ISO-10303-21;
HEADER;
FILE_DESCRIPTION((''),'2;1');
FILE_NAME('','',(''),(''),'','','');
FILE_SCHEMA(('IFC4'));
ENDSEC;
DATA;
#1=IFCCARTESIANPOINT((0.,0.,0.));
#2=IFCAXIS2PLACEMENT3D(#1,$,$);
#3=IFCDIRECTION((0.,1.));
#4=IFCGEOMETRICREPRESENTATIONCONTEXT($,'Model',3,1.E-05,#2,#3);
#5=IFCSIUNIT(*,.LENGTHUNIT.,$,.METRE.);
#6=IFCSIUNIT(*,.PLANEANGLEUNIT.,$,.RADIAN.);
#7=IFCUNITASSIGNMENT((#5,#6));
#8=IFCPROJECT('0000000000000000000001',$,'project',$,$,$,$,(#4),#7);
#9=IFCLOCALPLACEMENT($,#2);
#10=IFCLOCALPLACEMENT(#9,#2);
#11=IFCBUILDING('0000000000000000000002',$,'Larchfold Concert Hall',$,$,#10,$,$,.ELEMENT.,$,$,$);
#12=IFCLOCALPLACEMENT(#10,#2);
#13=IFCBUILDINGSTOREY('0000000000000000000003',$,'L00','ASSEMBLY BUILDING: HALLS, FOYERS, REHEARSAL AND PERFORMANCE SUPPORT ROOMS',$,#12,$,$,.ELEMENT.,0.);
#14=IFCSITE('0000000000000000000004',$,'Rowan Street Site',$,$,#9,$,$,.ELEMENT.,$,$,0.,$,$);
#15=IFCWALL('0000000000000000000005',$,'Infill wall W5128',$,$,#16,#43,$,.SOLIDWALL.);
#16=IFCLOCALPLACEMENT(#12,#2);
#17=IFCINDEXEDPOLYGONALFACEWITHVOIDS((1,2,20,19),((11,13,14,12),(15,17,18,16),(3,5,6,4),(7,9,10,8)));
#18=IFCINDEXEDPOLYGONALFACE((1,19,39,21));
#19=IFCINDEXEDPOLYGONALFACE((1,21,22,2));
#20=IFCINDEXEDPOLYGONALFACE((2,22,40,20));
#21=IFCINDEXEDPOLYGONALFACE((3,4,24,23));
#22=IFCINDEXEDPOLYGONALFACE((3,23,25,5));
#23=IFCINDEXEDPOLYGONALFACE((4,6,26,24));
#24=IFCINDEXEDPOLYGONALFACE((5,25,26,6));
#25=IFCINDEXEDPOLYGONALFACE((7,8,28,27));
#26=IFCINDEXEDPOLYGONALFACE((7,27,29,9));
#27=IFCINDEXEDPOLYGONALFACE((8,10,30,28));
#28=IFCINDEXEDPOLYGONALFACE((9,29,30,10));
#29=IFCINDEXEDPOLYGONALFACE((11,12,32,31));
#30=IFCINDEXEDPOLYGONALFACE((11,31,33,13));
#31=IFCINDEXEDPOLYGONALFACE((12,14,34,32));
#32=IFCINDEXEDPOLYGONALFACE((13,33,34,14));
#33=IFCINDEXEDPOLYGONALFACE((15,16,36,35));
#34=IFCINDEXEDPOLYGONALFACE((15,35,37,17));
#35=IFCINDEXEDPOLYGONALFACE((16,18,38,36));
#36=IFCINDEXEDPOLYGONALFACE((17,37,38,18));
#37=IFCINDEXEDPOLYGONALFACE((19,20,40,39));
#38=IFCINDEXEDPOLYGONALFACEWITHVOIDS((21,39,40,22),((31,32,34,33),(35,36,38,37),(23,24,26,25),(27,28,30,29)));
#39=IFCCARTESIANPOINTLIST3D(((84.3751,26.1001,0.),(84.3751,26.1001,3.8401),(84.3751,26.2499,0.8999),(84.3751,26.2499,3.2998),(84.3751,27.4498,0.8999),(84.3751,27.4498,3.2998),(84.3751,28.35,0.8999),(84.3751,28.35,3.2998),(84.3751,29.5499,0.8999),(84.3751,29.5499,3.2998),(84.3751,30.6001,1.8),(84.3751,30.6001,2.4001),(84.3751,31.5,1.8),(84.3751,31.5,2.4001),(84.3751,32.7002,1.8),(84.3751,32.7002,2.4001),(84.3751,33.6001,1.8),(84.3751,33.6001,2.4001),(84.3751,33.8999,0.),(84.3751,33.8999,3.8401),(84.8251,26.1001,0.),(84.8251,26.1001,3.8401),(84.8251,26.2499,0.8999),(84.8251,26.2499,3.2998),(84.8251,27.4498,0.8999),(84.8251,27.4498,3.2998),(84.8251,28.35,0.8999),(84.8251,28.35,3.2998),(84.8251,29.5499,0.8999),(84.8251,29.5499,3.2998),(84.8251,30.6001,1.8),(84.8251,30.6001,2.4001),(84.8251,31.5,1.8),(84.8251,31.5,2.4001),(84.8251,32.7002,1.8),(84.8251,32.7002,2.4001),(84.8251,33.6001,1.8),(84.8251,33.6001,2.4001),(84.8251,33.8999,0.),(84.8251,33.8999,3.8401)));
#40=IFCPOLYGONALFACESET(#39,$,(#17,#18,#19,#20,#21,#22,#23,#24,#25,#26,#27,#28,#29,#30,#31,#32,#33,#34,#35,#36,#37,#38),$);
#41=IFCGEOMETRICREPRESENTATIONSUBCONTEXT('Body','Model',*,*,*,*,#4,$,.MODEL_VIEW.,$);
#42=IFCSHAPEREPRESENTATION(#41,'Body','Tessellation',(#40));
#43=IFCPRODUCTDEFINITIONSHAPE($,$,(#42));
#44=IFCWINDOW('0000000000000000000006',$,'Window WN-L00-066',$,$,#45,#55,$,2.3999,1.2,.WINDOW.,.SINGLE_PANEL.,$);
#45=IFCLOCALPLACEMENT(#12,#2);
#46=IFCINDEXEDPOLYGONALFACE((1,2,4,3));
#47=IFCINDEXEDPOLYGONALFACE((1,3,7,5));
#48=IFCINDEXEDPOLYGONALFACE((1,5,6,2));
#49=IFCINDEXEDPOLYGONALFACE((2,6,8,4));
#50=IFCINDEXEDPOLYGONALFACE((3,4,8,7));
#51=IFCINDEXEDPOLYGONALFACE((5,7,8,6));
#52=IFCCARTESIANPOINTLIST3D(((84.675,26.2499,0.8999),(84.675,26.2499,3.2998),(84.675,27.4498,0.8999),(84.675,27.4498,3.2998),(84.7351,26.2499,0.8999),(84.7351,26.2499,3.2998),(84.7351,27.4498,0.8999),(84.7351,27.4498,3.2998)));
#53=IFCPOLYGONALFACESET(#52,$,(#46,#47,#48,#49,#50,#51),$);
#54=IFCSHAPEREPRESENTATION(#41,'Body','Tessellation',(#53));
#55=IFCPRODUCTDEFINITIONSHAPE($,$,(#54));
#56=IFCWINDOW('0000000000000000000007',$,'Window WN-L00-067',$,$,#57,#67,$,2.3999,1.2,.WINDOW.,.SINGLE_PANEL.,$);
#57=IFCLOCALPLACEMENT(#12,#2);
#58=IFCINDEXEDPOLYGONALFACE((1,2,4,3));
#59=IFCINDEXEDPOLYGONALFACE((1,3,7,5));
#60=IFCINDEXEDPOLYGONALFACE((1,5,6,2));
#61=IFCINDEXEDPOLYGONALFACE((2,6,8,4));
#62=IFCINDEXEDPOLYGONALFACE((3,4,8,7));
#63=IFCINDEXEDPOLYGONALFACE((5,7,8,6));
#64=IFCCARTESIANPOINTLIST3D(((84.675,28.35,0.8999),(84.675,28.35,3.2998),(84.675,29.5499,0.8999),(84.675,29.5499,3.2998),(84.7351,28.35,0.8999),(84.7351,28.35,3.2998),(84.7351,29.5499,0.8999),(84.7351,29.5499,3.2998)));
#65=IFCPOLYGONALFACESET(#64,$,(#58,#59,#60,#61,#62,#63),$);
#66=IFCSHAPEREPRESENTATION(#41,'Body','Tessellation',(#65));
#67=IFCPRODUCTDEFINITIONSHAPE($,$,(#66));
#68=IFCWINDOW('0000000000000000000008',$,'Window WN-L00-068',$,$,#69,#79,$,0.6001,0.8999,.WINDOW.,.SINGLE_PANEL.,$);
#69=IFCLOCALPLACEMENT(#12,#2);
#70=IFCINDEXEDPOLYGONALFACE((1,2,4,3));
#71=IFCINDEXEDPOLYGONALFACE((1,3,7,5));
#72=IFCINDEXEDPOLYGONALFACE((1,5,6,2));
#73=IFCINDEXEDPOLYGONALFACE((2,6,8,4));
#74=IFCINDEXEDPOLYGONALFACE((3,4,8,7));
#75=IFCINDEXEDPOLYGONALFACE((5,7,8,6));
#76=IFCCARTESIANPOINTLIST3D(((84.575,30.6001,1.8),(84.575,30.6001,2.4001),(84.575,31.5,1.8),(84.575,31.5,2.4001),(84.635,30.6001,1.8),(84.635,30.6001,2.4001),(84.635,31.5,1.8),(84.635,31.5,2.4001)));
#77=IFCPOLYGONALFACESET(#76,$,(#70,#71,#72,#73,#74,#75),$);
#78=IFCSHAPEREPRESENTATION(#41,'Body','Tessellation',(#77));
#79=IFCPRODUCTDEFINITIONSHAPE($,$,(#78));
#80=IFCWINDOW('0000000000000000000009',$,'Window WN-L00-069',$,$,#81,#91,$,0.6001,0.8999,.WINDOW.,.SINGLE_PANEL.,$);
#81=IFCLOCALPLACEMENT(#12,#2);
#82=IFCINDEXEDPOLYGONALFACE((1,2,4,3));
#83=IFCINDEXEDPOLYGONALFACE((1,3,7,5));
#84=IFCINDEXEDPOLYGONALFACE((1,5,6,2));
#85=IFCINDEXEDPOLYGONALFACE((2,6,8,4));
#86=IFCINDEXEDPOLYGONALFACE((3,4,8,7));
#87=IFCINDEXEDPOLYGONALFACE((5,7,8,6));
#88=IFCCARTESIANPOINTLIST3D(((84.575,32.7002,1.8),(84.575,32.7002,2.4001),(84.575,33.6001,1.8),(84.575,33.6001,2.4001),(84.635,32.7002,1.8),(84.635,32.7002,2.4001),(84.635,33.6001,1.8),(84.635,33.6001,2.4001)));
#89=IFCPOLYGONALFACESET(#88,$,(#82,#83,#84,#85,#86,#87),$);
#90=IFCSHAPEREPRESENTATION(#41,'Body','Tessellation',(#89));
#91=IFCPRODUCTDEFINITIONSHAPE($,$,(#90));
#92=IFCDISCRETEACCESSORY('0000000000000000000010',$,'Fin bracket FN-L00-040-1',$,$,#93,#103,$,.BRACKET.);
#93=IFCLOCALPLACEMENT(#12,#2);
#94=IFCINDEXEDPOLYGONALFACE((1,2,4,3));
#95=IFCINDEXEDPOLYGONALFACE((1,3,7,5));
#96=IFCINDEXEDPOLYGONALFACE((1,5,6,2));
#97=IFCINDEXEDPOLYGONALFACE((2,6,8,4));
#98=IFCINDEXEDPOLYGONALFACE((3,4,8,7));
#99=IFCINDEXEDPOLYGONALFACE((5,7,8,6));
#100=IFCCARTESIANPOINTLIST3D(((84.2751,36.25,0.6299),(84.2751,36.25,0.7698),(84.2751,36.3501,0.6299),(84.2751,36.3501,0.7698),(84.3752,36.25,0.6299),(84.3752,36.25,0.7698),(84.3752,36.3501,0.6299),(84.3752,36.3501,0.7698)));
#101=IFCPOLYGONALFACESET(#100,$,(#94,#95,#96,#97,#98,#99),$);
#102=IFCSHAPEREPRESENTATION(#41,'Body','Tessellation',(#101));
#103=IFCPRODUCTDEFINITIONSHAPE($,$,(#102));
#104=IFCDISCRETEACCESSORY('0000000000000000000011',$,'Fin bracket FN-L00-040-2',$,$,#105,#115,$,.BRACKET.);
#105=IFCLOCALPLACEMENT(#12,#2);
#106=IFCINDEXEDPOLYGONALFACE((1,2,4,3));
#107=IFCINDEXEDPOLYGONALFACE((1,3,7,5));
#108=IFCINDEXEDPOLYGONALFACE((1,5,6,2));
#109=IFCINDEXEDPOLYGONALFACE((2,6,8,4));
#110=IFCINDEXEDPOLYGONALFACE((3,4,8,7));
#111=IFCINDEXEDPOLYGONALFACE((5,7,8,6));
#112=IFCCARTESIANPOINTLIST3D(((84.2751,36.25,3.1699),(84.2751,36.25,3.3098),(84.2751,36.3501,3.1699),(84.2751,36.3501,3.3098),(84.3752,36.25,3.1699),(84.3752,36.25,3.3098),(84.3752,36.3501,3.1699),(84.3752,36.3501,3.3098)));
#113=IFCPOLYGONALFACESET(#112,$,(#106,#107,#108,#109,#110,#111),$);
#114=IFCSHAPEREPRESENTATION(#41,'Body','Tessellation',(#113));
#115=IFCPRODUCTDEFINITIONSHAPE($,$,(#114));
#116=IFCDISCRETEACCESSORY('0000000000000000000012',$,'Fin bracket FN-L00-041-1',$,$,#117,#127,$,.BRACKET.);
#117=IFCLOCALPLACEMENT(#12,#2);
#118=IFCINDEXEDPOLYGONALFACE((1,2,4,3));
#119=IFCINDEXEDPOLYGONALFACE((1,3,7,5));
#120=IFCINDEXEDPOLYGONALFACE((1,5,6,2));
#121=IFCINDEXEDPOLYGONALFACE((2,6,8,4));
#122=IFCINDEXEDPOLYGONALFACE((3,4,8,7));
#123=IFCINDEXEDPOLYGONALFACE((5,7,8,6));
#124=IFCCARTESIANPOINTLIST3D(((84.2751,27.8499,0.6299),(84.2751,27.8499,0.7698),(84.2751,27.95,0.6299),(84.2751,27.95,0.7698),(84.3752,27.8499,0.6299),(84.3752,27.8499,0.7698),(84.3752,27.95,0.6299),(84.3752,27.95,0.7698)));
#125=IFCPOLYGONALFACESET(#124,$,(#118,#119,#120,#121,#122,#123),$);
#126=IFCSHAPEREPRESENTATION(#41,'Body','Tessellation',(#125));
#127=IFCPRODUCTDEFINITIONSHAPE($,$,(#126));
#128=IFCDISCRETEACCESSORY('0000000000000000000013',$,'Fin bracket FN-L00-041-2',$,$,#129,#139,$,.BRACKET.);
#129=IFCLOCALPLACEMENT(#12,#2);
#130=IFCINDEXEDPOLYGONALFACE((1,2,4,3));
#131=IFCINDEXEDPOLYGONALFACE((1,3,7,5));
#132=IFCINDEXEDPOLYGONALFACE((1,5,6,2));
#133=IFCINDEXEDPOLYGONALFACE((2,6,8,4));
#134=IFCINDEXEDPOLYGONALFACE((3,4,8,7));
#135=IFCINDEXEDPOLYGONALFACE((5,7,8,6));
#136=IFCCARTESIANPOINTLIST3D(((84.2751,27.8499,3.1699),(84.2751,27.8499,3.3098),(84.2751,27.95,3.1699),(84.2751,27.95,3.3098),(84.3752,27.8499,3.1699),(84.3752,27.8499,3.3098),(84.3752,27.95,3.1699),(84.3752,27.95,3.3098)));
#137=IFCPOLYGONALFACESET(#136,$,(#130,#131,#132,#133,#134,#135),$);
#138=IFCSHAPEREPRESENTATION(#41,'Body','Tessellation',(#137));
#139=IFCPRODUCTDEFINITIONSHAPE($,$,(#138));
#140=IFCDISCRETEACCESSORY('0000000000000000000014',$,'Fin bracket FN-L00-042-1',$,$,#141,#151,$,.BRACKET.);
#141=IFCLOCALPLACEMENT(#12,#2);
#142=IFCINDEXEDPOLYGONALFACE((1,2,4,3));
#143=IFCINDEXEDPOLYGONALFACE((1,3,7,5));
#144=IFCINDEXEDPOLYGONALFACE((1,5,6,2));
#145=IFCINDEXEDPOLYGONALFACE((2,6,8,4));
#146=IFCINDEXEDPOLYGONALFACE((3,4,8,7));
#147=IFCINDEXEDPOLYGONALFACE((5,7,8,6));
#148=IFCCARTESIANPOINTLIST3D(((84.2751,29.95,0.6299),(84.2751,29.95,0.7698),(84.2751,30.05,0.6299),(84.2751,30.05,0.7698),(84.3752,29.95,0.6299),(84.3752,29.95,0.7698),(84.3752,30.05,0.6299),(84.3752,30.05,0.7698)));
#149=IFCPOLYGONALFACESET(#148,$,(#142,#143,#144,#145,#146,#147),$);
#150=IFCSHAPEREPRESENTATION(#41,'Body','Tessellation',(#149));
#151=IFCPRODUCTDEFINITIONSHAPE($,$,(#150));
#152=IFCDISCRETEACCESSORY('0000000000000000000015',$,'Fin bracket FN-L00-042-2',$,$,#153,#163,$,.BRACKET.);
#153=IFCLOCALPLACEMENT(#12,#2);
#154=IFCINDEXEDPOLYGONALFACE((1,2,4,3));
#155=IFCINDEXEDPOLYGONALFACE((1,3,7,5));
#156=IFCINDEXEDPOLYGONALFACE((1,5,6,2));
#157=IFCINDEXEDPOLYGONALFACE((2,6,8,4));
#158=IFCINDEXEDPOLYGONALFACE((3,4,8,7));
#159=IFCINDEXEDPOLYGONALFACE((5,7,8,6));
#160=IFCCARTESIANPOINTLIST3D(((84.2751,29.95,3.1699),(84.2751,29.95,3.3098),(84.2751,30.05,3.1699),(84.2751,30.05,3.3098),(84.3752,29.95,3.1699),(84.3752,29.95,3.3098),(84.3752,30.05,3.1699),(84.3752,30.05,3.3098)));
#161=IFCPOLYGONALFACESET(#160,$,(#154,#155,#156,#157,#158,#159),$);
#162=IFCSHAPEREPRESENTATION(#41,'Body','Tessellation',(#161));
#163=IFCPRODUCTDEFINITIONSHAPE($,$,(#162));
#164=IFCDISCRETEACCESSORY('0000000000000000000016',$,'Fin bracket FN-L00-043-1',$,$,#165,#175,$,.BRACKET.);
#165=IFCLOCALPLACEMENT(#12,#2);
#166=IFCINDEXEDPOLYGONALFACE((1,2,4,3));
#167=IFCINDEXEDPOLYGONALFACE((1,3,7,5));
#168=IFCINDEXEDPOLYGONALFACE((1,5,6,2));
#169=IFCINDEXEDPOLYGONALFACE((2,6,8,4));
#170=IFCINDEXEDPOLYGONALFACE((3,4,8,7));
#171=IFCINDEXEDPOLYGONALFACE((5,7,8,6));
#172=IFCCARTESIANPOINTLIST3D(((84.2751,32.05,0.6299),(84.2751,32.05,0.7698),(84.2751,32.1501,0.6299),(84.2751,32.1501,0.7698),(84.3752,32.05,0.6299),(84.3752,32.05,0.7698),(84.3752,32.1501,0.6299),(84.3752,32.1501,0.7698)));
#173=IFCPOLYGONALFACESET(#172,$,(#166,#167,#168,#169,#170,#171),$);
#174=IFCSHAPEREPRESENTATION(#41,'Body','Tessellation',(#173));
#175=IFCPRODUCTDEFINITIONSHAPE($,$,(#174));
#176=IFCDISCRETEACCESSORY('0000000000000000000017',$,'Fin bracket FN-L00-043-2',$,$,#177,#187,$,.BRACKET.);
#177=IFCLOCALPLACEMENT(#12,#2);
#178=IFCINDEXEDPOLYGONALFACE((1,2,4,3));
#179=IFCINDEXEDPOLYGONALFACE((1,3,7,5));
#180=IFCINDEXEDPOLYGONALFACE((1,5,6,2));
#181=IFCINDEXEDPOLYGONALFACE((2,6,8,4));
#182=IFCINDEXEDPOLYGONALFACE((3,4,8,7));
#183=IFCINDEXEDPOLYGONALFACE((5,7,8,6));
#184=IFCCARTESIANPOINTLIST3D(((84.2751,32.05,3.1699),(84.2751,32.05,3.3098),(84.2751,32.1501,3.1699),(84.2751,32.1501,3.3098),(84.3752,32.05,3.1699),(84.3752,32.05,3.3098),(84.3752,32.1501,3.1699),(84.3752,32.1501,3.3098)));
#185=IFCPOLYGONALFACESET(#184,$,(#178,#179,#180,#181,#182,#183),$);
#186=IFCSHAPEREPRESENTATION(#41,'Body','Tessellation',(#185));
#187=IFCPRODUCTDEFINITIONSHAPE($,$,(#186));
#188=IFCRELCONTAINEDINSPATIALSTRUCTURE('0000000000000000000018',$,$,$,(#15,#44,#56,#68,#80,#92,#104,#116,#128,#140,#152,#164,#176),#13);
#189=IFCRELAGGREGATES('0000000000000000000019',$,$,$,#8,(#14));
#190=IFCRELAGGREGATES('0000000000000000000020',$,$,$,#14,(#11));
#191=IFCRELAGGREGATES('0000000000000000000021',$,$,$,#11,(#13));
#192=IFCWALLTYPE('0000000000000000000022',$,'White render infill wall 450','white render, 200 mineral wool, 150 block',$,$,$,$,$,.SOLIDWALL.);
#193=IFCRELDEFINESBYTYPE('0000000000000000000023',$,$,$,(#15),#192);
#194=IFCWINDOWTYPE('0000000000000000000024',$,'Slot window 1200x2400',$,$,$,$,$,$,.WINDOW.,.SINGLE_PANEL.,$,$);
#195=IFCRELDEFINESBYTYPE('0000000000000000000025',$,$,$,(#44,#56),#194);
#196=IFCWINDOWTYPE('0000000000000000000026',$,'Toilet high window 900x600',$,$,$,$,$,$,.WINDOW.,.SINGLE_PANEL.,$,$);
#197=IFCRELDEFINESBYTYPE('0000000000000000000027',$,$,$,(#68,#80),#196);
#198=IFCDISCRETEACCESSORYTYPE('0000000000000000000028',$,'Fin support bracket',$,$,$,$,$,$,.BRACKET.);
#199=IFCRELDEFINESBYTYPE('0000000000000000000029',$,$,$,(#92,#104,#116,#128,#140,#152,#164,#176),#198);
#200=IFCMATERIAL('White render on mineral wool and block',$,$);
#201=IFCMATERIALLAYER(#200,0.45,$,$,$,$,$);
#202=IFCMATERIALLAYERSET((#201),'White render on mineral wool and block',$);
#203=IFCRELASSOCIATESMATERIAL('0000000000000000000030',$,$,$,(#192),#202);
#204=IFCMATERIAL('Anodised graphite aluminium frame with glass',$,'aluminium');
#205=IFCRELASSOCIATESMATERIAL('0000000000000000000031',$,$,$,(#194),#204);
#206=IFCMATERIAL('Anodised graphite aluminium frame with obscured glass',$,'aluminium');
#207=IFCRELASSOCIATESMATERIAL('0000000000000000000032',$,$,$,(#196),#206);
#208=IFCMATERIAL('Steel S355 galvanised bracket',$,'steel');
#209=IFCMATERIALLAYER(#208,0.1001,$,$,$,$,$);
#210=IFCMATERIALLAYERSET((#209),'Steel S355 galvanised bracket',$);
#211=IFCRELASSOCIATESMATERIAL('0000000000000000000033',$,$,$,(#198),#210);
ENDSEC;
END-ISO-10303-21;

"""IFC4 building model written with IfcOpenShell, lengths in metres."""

from ifc_helpers import new_model, si_unit, direction, frame, frame_2d, origin, origin_2d, place, context, subcontext, project, spatial, rectangle, extrude, material, layer, layer_set, type_object, element, fill, save


model = new_model("IFC4")

# Units and contexts
model_context = context("Model", 3, precision=1e-05, world=origin(), true_north=direction((0.0, 1.0)))
body_context = subcontext(model_context, "Body", "Model", "MODEL_VIEW")
ifc_project = project(units=[si_unit("LENGTHUNIT", "METRE"), si_unit("PLANEANGLEUNIT", "RADIAN")], contexts=[model_context])

# Site, building, storey
site_placement = place(None, origin())
site = spatial("IfcSite", under=ifc_project, at=site_placement, Name="Rowan Street Site", CompositionType="ELEMENT", RefElevation=0.0)
building_placement = place(site_placement, origin())
building = spatial("IfcBuilding", under=site, at=building_placement, Name="Larchfold Concert Hall", CompositionType="ELEMENT")
storey_placement = place(building_placement, origin())
storey = spatial("IfcBuildingStorey", under=building, at=storey_placement, Name="L00", Description="ASSEMBLY BUILDING: HALLS, FOYERS, REHEARSAL AND PERFORMANCE SUPPORT ROOMS", CompositionType="ELEMENT", Elevation=0.0)

# Wall, openings, windows
ifc_material_1 = material(Name="White render on mineral wool and block")
ifc_layer_1 = layer(ifc_material_1, 0.45)
ifc_layer_set_1 = layer_set([ifc_layer_1], Name="White render on mineral wool and block")
wall_type_1 = type_object("IfcWallType", Name="White render infill wall 450", Description="white render, 200 mineral wool, 150 block", PredefinedType="SOLIDWALL", material=ifc_layer_set_1)
wall_1_placement = place(storey_placement, frame((84.6001, 33.8999, 0.0), z_axis=(0.0, 0.0, 1.0), x_axis=(0.0, -1.0, 0.0)))
wall_1 = element("IfcWall", 1, at=wall_1_placement, inside=storey, type_object=wall_type_1, Name="Infill wall W5128", PredefinedType="SOLIDWALL", context=body_context, shape_type="SweptSolid", body=[
    extrude(rectangle(XDim=7.7998, YDim=0.45, at=frame_2d((3.8999, 0.0))), origin(), (0.0, 0.0, 1.0), 3.8401),
])
opening_1_placement = place(wall_1_placement, frame((6.45, 0.0, 0.8999)))
opening_1 = element("IfcOpeningElement", 2, at=opening_1_placement, cuts=wall_1, PredefinedType="OPENING", context=body_context, shape_type="SweptSolid", body=[
    extrude(rectangle(XDim=1.2, YDim=2.3999, at=frame_2d((0.6001, 1.2))), frame((0.0, 0.2349, 0.0), z_axis=(0.0, -1.0, 0.0), x_axis=(1.0, 0.0, 0.0)), (0.0, 0.0, 1.0), 0.47),
])
opening_2_placement = place(wall_1_placement, frame((4.3499, 0.0, 0.8999)))
opening_2 = element("IfcOpeningElement", 3, at=opening_2_placement, cuts=wall_1, PredefinedType="OPENING", context=body_context, shape_type="SweptSolid", body=[
    extrude(rectangle(XDim=1.2, YDim=2.3999, at=frame_2d((0.6001, 1.2))), frame((0.0, 0.2349, 0.0), z_axis=(0.0, -1.0, 0.0), x_axis=(1.0, 0.0, 0.0)), (0.0, 0.0, 1.0), 0.47),
])
opening_3_placement = place(wall_1_placement, frame((2.3999, 0.0, 1.8)))
opening_3 = element("IfcOpeningElement", 4, at=opening_3_placement, cuts=wall_1, PredefinedType="OPENING", context=body_context, shape_type="SweptSolid", body=[
    extrude(rectangle(XDim=0.8999, YDim=0.6001, at=frame_2d((0.45, 0.3))), frame((0.0, 0.2349, 0.0), z_axis=(0.0, -1.0, 0.0), x_axis=(1.0, 0.0, 0.0)), (0.0, 0.0, 1.0), 0.47),
])
opening_4_placement = place(wall_1_placement, frame((0.2998, 0.0, 1.8)))
opening_4 = element("IfcOpeningElement", 5, at=opening_4_placement, cuts=wall_1, PredefinedType="OPENING", context=body_context, shape_type="SweptSolid", body=[
    extrude(rectangle(XDim=0.8999, YDim=0.6001, at=frame_2d((0.45, 0.3))), frame((0.0, 0.2349, 0.0), z_axis=(0.0, -1.0, 0.0), x_axis=(1.0, 0.0, 0.0)), (0.0, 0.0, 1.0), 0.47),
])
ifc_material_2 = material(Name="Anodised graphite aluminium frame with glass", Category="aluminium")
window_type_1 = type_object("IfcWindowType", Name="Slot window 1200x2400", PartitioningType="SINGLE_PANEL", PredefinedType="WINDOW", material=ifc_material_2)
window_1_placement = place(opening_1_placement, origin())
window_1 = element("IfcWindow", 6, at=window_1_placement, inside=storey, type_object=window_type_1, Name="Window WN-L00-066", OverallHeight=2.3999, OverallWidth=1.2, PartitioningType="SINGLE_PANEL", PredefinedType="WINDOW", context=body_context, shape_type="SweptSolid", body=[
    extrude(rectangle(XDim=1.2, YDim=2.3999, at=frame_2d((0.6001, 1.2))), frame((0.0, 0.135, 0.0), z_axis=(0.0, -1.0, 0.0), x_axis=(1.0, 0.0, 0.0)), (0.0, 0.0, 1.0), 0.0601),
])
fill(opening_1, window_1)
window_2_placement = place(opening_2_placement, origin())
window_2 = element("IfcWindow", 7, at=window_2_placement, inside=storey, type_object=window_type_1, Name="Window WN-L00-067", OverallHeight=2.3999, OverallWidth=1.2, PartitioningType="SINGLE_PANEL", PredefinedType="WINDOW", context=body_context, shape_type="SweptSolid", body=[
    extrude(rectangle(XDim=1.2, YDim=2.3999, at=frame_2d((0.6001, 1.2))), frame((0.0, 0.135, 0.0), z_axis=(0.0, -1.0, 0.0), x_axis=(1.0, 0.0, 0.0)), (0.0, 0.0, 1.0), 0.0601),
])
fill(opening_2, window_2)
ifc_material_3 = material(Name="Anodised graphite aluminium frame with obscured glass", Category="aluminium")
window_type_2 = type_object("IfcWindowType", Name="Toilet high window 900x600", PartitioningType="SINGLE_PANEL", PredefinedType="WINDOW", material=ifc_material_3)
window_3_placement = place(opening_3_placement, origin())
window_3 = element("IfcWindow", 8, at=window_3_placement, inside=storey, type_object=window_type_2, Name="Window WN-L00-068", OverallHeight=0.6001, OverallWidth=0.8999, PartitioningType="SINGLE_PANEL", PredefinedType="WINDOW", context=body_context, shape_type="SweptSolid", body=[
    extrude(rectangle(XDim=0.8999, YDim=0.6001, at=frame_2d((0.45, 0.3))), frame((0.0, 0.0349, 0.0), z_axis=(0.0, -1.0, 0.0), x_axis=(1.0, 0.0, 0.0)), (0.0, 0.0, 1.0), 0.0601),
])
fill(opening_3, window_3)
window_4_placement = place(opening_4_placement, origin())
window_4 = element("IfcWindow", 9, at=window_4_placement, inside=storey, type_object=window_type_2, Name="Window WN-L00-069", OverallHeight=0.6001, OverallWidth=0.8999, PartitioningType="SINGLE_PANEL", PredefinedType="WINDOW", context=body_context, shape_type="SweptSolid", body=[
    extrude(rectangle(XDim=0.8999, YDim=0.6001, at=frame_2d((0.45, 0.3))), frame((0.0, 0.0349, 0.0), z_axis=(0.0, -1.0, 0.0), x_axis=(1.0, 0.0, 0.0)), (0.0, 0.0, 1.0), 0.0601),
])
fill(opening_4, window_4)

# Discrete accessories
ifc_material_4 = material(Name="Steel S355 galvanised bracket", Category="steel")
ifc_layer_2 = layer(ifc_material_4, 0.1001)
ifc_layer_set_2 = layer_set([ifc_layer_2], Name="Steel S355 galvanised bracket")
discrete_accessory_type = type_object("IfcDiscreteAccessoryType", Name="Fin support bracket", PredefinedType="BRACKET", material=ifc_layer_set_2)
for number, where, z_axis, x_axis, name in (
    (10, (84.3252, 36.3, 0.6299), (0.0, 0.0, 1.0), (-1.0, 0.0, 0.0), "Fin bracket FN-L00-040-1"),
    (11, (84.3252, 36.3, 3.1699), (0.0, 0.0, 1.0), (-1.0, 0.0, 0.0), "Fin bracket FN-L00-040-2"),
    (12, (84.3252, 27.8999, 0.6299), (0.0, 0.0, 1.0), (-1.0, 0.0, 0.0), "Fin bracket FN-L00-041-1"),
    (13, (84.3252, 27.8999, 3.1699), (0.0, 0.0, 1.0), (-1.0, 0.0, 0.0), "Fin bracket FN-L00-041-2"),
    (14, (84.3252, 30.0, 0.6299), (0.0, 0.0, 1.0), (-1.0, 0.0, 0.0), "Fin bracket FN-L00-042-1"),
    (15, (84.3252, 30.0, 3.1699), (0.0, 0.0, 1.0), (-1.0, 0.0, 0.0), "Fin bracket FN-L00-042-2"),
    (16, (84.3252, 32.1001, 0.6299), (0.0, 0.0, 1.0), (-1.0, 0.0, 0.0), "Fin bracket FN-L00-043-1"),
    (17, (84.3252, 32.1001, 3.1699), (0.0, 0.0, 1.0), (-1.0, 0.0, 0.0), "Fin bracket FN-L00-043-2"),
):
    element("IfcDiscreteAccessory", number, at=place(storey_placement, frame(where, z_axis=z_axis, x_axis=x_axis)), inside=storey, type_object=discrete_accessory_type, Name=name, PredefinedType="BRACKET", context=body_context, shape_type="SweptSolid", body=[
        extrude(rectangle(XDim=0.1001, YDim=0.1001, at=origin_2d()), origin(), (0.0, 0.0, 1.0), 0.1399),
    ])

save(model, "model.ifc")
